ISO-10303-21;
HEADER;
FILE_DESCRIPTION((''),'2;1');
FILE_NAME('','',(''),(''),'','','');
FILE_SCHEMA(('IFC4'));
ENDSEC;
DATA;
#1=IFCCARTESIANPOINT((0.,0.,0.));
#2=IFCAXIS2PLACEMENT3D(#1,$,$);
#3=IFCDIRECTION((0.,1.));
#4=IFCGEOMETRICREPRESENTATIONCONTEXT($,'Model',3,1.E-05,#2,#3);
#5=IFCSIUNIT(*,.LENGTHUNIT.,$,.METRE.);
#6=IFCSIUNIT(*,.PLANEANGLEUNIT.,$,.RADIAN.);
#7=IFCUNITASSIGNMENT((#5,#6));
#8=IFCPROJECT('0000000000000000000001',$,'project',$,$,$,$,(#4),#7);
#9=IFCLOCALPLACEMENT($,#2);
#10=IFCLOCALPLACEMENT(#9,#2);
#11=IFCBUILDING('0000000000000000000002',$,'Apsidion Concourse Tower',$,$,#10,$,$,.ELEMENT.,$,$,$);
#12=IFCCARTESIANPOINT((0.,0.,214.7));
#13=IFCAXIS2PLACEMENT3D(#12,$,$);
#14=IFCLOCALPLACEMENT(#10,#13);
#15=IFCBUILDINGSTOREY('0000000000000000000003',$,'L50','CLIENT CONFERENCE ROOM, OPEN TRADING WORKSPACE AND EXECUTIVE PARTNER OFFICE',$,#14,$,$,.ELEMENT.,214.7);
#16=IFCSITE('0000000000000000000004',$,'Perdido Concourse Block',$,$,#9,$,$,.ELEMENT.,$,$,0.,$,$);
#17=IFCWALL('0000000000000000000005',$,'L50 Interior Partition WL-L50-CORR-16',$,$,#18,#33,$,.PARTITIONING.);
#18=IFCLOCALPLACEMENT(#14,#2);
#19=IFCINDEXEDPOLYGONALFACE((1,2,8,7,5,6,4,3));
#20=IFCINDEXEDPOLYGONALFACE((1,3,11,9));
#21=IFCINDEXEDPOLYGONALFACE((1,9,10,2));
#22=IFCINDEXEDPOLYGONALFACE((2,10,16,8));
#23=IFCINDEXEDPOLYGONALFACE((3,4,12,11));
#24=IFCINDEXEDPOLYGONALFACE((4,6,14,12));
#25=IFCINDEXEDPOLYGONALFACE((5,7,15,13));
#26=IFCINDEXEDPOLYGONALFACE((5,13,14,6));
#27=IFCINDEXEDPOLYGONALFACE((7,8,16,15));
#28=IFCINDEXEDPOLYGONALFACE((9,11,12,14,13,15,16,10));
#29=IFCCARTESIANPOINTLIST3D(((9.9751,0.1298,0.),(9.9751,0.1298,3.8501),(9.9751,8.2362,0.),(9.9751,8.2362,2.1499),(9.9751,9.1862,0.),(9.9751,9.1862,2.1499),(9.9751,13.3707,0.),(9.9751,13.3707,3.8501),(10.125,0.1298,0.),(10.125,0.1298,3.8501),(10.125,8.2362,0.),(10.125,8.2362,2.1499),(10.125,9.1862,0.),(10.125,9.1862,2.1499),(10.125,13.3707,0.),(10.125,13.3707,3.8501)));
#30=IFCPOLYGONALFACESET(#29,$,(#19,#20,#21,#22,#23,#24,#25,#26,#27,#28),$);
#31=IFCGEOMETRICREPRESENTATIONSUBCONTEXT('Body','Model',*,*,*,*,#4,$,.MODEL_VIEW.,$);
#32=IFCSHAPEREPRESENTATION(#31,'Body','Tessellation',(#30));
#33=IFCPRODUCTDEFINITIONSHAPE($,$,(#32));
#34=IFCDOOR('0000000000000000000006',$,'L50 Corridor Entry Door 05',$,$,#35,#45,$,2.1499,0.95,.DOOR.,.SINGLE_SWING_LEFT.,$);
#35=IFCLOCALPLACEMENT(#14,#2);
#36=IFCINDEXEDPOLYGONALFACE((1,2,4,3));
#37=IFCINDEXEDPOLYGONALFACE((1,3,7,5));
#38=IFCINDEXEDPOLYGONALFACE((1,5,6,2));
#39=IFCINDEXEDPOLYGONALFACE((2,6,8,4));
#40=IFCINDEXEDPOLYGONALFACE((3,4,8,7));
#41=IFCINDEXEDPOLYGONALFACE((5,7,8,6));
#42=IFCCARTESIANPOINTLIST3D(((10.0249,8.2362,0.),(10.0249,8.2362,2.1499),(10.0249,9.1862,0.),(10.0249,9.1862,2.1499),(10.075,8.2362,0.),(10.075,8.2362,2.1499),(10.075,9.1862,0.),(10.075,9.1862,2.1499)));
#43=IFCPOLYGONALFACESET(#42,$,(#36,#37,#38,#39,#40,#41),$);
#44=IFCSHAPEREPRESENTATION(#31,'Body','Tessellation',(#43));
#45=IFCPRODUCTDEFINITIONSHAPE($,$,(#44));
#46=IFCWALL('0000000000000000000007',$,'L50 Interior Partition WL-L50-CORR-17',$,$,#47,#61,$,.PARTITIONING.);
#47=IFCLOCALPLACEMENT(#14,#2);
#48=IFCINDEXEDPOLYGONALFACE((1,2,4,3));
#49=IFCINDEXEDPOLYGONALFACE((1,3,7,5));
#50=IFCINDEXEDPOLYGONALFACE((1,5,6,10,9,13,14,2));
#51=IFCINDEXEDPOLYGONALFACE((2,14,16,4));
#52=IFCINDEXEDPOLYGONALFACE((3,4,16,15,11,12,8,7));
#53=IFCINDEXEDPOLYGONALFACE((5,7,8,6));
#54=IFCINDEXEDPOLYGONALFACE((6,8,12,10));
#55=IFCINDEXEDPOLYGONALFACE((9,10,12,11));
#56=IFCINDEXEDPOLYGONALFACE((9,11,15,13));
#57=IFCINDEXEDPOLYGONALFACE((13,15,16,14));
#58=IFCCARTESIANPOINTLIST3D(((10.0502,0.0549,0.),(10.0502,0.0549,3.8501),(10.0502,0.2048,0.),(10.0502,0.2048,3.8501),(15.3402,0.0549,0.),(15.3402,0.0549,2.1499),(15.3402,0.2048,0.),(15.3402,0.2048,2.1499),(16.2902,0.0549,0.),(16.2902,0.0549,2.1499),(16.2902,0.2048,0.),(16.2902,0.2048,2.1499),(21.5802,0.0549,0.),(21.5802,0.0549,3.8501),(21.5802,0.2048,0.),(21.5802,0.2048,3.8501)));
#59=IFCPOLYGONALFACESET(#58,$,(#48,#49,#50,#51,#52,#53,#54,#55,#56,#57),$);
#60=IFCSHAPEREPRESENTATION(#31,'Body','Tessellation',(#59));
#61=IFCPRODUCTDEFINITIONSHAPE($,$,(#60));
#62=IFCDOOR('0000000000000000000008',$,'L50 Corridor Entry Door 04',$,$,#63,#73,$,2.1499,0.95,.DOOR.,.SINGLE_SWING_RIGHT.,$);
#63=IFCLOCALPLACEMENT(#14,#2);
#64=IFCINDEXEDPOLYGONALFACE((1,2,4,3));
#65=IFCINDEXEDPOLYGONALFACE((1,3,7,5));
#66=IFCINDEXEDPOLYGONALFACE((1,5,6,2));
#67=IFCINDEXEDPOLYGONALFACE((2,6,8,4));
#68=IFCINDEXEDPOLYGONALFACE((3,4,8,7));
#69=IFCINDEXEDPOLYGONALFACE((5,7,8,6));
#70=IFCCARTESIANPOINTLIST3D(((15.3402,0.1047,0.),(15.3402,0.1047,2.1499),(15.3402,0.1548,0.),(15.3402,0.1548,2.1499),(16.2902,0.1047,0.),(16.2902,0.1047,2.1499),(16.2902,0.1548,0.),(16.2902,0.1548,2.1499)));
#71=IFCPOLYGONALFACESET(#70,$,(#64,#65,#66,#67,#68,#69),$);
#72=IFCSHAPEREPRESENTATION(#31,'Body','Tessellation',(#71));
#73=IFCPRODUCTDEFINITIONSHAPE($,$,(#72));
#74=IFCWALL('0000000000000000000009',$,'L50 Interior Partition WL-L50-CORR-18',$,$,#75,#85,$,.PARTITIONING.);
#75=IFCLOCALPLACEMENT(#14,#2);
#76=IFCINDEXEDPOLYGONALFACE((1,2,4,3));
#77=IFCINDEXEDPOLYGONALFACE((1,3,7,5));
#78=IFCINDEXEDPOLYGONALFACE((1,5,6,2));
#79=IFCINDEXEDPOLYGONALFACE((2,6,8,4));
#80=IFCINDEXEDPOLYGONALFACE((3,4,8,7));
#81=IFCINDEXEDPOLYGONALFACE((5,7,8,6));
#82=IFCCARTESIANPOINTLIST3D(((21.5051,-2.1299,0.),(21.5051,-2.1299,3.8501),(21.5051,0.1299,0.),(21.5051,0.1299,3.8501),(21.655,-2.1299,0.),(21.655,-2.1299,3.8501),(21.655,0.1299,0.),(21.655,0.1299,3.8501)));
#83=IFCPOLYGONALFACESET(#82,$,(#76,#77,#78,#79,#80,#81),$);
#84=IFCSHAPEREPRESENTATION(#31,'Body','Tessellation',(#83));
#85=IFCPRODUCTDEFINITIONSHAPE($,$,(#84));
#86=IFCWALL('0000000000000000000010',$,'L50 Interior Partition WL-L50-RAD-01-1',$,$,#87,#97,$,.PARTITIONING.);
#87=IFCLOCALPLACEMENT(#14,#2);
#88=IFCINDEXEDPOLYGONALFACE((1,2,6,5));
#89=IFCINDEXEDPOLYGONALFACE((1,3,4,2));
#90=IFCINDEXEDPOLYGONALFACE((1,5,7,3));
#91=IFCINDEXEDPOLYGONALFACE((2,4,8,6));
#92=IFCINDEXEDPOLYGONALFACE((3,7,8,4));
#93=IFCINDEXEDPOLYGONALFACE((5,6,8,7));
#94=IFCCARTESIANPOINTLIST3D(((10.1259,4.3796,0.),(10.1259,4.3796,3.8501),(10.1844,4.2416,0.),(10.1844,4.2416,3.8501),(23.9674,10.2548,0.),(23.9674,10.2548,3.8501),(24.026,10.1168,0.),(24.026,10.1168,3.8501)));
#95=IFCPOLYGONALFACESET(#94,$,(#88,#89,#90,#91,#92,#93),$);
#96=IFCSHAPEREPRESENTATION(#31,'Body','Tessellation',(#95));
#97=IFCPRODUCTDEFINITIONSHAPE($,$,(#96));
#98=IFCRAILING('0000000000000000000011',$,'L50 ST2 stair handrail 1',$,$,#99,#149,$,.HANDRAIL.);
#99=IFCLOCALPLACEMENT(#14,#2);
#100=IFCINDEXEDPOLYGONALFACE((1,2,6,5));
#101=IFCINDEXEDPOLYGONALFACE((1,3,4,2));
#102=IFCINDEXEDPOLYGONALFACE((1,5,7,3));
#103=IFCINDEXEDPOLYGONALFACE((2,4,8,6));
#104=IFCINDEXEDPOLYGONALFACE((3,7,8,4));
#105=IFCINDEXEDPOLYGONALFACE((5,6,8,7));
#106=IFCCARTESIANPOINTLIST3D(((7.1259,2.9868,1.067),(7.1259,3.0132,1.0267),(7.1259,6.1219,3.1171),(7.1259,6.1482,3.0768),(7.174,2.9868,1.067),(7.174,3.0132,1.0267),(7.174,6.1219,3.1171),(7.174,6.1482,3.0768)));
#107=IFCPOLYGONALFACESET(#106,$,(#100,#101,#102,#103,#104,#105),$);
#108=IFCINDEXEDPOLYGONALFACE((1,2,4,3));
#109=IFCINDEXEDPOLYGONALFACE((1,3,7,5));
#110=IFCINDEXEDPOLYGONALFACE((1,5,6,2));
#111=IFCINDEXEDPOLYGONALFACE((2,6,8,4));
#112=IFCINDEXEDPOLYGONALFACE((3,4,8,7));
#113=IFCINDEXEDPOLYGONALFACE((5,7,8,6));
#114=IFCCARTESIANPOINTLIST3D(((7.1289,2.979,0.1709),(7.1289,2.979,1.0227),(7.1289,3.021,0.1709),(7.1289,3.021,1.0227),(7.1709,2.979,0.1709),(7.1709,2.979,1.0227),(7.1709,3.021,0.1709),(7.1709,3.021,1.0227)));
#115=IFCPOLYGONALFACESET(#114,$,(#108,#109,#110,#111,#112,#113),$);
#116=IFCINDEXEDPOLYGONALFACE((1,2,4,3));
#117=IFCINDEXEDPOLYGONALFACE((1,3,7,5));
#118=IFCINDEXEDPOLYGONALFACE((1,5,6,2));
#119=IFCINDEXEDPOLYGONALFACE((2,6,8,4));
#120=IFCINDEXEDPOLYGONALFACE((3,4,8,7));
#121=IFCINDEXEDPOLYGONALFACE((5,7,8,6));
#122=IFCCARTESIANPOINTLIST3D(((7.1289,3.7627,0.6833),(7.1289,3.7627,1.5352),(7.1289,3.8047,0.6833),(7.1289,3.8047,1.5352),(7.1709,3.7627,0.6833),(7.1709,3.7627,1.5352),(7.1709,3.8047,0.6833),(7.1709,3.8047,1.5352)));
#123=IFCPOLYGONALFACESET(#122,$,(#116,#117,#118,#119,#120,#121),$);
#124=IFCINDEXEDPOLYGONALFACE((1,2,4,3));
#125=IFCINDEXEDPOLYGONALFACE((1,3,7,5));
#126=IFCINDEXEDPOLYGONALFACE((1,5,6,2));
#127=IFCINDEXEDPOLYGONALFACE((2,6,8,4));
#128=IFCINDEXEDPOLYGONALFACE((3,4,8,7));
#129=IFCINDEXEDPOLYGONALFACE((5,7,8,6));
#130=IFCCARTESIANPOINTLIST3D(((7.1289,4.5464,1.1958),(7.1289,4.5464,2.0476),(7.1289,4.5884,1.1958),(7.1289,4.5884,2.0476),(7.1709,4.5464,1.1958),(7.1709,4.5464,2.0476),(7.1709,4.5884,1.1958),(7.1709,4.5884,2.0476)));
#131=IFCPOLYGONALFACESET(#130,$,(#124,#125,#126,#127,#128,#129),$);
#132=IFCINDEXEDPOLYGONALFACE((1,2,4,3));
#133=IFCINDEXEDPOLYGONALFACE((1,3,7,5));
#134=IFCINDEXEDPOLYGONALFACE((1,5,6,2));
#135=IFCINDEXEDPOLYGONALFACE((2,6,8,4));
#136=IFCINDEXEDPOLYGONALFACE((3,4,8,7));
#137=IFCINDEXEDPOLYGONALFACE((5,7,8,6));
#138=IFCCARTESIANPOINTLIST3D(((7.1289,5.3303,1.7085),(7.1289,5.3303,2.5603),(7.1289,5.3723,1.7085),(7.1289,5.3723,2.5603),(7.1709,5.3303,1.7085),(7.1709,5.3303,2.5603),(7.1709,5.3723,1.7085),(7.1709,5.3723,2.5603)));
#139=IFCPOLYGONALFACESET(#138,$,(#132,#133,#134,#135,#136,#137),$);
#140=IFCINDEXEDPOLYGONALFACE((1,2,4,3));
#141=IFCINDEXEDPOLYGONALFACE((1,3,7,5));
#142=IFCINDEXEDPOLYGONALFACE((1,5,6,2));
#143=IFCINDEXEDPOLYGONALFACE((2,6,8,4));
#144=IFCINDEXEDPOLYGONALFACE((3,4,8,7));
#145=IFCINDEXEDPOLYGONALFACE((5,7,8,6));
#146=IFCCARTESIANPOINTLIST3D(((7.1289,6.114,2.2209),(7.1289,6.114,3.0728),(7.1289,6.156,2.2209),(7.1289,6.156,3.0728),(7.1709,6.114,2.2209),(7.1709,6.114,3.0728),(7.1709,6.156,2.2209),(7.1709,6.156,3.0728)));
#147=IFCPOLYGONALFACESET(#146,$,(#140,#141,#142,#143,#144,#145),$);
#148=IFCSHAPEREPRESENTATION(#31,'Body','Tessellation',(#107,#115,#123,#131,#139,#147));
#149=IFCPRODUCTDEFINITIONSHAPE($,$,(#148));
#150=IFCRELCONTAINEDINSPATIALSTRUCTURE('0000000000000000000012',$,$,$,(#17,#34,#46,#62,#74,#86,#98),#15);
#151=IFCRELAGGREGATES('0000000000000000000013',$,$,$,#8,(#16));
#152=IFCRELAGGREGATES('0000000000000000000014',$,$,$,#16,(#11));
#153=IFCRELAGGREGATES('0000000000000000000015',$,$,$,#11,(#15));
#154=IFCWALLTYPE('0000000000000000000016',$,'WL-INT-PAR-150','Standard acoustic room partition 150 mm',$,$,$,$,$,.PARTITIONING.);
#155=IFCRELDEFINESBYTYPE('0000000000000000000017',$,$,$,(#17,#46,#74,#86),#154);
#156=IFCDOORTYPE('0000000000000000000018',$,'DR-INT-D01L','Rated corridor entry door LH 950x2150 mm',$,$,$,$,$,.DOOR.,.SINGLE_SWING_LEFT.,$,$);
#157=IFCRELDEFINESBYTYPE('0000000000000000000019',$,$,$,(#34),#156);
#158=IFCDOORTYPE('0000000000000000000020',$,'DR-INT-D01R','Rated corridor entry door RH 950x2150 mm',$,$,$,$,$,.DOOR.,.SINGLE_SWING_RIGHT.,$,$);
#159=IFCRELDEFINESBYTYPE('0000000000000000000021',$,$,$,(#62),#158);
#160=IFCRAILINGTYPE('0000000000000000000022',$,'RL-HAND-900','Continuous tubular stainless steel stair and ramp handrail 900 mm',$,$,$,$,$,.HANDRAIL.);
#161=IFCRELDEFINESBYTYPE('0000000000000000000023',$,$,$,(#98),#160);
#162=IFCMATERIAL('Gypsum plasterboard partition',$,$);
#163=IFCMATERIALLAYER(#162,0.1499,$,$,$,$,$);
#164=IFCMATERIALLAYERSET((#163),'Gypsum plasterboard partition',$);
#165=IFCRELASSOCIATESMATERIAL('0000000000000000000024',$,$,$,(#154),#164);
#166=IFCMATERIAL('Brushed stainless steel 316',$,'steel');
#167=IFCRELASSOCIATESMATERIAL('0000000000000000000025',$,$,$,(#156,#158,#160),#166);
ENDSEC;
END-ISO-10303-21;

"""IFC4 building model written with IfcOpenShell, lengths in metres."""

from ifc_helpers import new_model, si_unit, direction, frame, frame_2d, origin, origin_2d, place, context, subcontext, project, spatial, rectangle, extrude, material, layer, layer_set, type_object, element, fill, save


model = new_model("IFC4")

# Units and contexts
model_context = context("Model", 3, precision=1e-05, world=origin(), true_north=direction((0.0, 1.0)))
body_context = subcontext(model_context, "Body", "Model", "MODEL_VIEW")
ifc_project = project(units=[si_unit("LENGTHUNIT", "METRE"), si_unit("PLANEANGLEUNIT", "RADIAN")], contexts=[model_context])

# Site, building, storey
site_placement = place(None, origin())
site = spatial("IfcSite", under=ifc_project, at=site_placement, Name="Perdido Concourse Block", CompositionType="ELEMENT", RefElevation=0.0)
building_placement = place(site_placement, origin())
building = spatial("IfcBuilding", under=site, at=building_placement, Name="Apsidion Concourse Tower", CompositionType="ELEMENT")
storey_placement = place(building_placement, frame((0.0, 0.0, 214.7)))
storey = spatial("IfcBuildingStorey", under=building, at=storey_placement, Name="L50", Description="CLIENT CONFERENCE ROOM, OPEN TRADING WORKSPACE AND EXECUTIVE PARTNER OFFICE", CompositionType="ELEMENT", Elevation=214.7)

# Shared definitions
ifc_material_1 = material(Name="Gypsum plasterboard partition")
ifc_layer_1 = layer(ifc_material_1, 0.1499)
ifc_layer_set_1 = layer_set([ifc_layer_1], Name="Gypsum plasterboard partition")
wall_type_1 = type_object("IfcWallType", Name="WL-INT-PAR-150", Description="Standard acoustic room partition 150 mm", PredefinedType="PARTITIONING", material=ifc_layer_set_1)

# Walls, openings, doors
wall_1_placement = place(storey_placement, frame((10.05, 13.3708, 0.0), z_axis=(0.0, 0.0, 1.0), x_axis=(0.0, -1.0, 0.0)))
wall_1 = element("IfcWall", 1, at=wall_1_placement, inside=storey, type_object=wall_type_1, Name="L50 Interior Partition WL-L50-CORR-16", PredefinedType="PARTITIONING", context=body_context, shape_type="SweptSolid", body=[
    extrude(rectangle(XDim=13.241, YDim=0.1499, at=frame_2d((6.6206, 0.0))), origin(), (0.0, 0.0, 1.0), 3.8501),
])
opening_1_placement = place(wall_1_placement, frame((4.1846, 0.0, 0.0)))
opening_1 = element("IfcOpeningElement", 2, at=opening_1_placement, cuts=wall_1, PredefinedType="OPENING", context=body_context, shape_type="SweptSolid", body=[
    extrude(rectangle(XDim=0.95, YDim=2.1499, at=frame_2d((0.4751, 1.075))), frame((0.0, 0.085, 0.0), z_axis=(0.0, -1.0, 0.0), x_axis=(1.0, 0.0, 0.0)), (0.0, 0.0, 1.0), 0.1699),
])
ifc_material_2 = material(Name="Brushed stainless steel 316", Category="steel")
door_type_1 = type_object("IfcDoorType", Name="DR-INT-D01L", Description="Rated corridor entry door LH 950x2150 mm", OperationType="SINGLE_SWING_LEFT", PredefinedType="DOOR", material=ifc_material_2)
door_1_placement = place(opening_1_placement, origin())
door_1 = element("IfcDoor", 3, at=door_1_placement, inside=storey, type_object=door_type_1, Name="L50 Corridor Entry Door 05", OperationType="SINGLE_SWING_LEFT", OverallHeight=2.1499, OverallWidth=0.95, PredefinedType="DOOR", context=body_context, shape_type="SweptSolid", body=[
    extrude(rectangle(XDim=0.95, YDim=2.1499, at=frame_2d((0.4751, 1.075))), frame((0.0, 0.0249, 0.0), z_axis=(0.0, -1.0, 0.0), x_axis=(1.0, 0.0, 0.0)), (0.0, 0.0, 1.0), 0.05),
])
fill(opening_1, door_1)
wall_2_placement = place(storey_placement, frame((10.05, 0.1299, 0.0), z_axis=(0.0, 0.0, 1.0), x_axis=(1.0, 0.0, 0.0)))
wall_2 = element("IfcWall", 4, at=wall_2_placement, inside=storey, type_object=wall_type_1, Name="L50 Interior Partition WL-L50-CORR-17", PredefinedType="PARTITIONING", context=body_context, shape_type="SweptSolid", body=[
    extrude(rectangle(XDim=11.53, YDim=0.1499, at=frame_2d((5.7651, 0.0))), origin(), (0.0, 0.0, 1.0), 3.8501),
])
opening_2_placement = place(wall_2_placement, frame((5.29, 0.0, 0.0)))
opening_2 = element("IfcOpeningElement", 5, at=opening_2_placement, cuts=wall_2, PredefinedType="OPENING", context=body_context, shape_type="SweptSolid", body=[
    extrude(rectangle(XDim=0.95, YDim=2.1499, at=frame_2d((0.4751, 1.075))), frame((0.0, 0.085, 0.0), z_axis=(0.0, -1.0, 0.0), x_axis=(1.0, 0.0, 0.0)), (0.0, 0.0, 1.0), 0.1699),
])
door_type_2 = type_object("IfcDoorType", Name="DR-INT-D01R", Description="Rated corridor entry door RH 950x2150 mm", OperationType="SINGLE_SWING_RIGHT", PredefinedType="DOOR", material=ifc_material_2)
door_2_placement = place(opening_2_placement, origin())
door_2 = element("IfcDoor", 6, at=door_2_placement, inside=storey, type_object=door_type_2, Name="L50 Corridor Entry Door 04", OperationType="SINGLE_SWING_RIGHT", OverallHeight=2.1499, OverallWidth=0.95, PredefinedType="DOOR", context=body_context, shape_type="SweptSolid", body=[
    extrude(rectangle(XDim=0.95, YDim=2.1499, at=frame_2d((0.4751, 1.075))), frame((0.0, 0.0249, 0.0), z_axis=(0.0, -1.0, 0.0), x_axis=(1.0, 0.0, 0.0)), (0.0, 0.0, 1.0), 0.05),
])
fill(opening_2, door_2)

# Walls
wall_3_placement = place(storey_placement, frame((21.5801, 0.1299, 0.0), z_axis=(0.0, 0.0, 1.0), x_axis=(0.0, -1.0, 0.0)))
element("IfcWall", 7, at=wall_3_placement, inside=storey, type_object=wall_type_1, Name="L50 Interior Partition WL-L50-CORR-18", PredefinedType="PARTITIONING", context=body_context, shape_type="SweptSolid", body=[
    extrude(rectangle(XDim=2.2598, YDim=0.1499, at=frame_2d((1.1299, 0.0))), origin(), (0.0, 0.0, 1.0), 3.8501),
])
wall_4_placement = place(storey_placement, frame((10.155, 4.3105, 0.0), z_axis=(0.0, 0.0, 1.0), x_axis=(0.920508, 0.390723, 0.0)))
element("IfcWall", 8, at=wall_4_placement, inside=storey, type_object=wall_type_1, Name="L50 Interior Partition WL-L50-RAD-01-1", PredefinedType="PARTITIONING", context=body_context, shape_type="SweptSolid", body=[
    extrude(rectangle(XDim=15.0369, YDim=0.1499, at=frame_2d((7.5186, 0.0))), origin(), (0.0, 0.0, 1.0), 3.8501),
])

# Railing
railing_type = type_object("IfcRailingType", Name="RL-HAND-900", Description="Continuous tubular stainless steel stair and ramp handrail 900 mm", PredefinedType="HANDRAIL", material=ifc_material_2)
railing_placement = place(storey_placement, frame((7.1499, 3.0, 0.1709)))
element("IfcRailing", 9, at=railing_placement, inside=storey, type_object=railing_type, Name="L50 ST2 stair handrail 1", PredefinedType="HANDRAIL", context=body_context, shape_type="SweptSolid", body=[
    extrude(rectangle(XDim=0.0481, YDim=0.0481, at=origin_2d()), frame((0.0, 0.0, 0.876), z_axis=(0.0, 0.836941, 0.547293), x_axis=(-1.0, 0.0, 0.0)), (0.0, 0.0, 1.0), 3.7458),
    extrude(rectangle(XDim=0.042, YDim=0.042, at=origin_2d()), origin(), (0.0, 0.0, 1.0), 0.8518),
    extrude(rectangle(XDim=0.042, YDim=0.042, at=origin_2d()), frame((0.0, 0.7837, 0.5125)), (0.0, 0.0, 1.0), 0.8518),
    extrude(rectangle(XDim=0.042, YDim=0.042, at=origin_2d()), frame((0.0, 1.5674, 1.0249)), (0.0, 0.0, 1.0), 0.8518),
    extrude(rectangle(XDim=0.042, YDim=0.042, at=origin_2d()), frame((0.0, 2.3513, 1.5376)), (0.0, 0.0, 1.0), 0.8518),
    extrude(rectangle(XDim=0.042, YDim=0.042, at=origin_2d()), frame((0.0, 3.135, 2.05)), (0.0, 0.0, 1.0), 0.8518),
])

save(model, "model.ifc")
